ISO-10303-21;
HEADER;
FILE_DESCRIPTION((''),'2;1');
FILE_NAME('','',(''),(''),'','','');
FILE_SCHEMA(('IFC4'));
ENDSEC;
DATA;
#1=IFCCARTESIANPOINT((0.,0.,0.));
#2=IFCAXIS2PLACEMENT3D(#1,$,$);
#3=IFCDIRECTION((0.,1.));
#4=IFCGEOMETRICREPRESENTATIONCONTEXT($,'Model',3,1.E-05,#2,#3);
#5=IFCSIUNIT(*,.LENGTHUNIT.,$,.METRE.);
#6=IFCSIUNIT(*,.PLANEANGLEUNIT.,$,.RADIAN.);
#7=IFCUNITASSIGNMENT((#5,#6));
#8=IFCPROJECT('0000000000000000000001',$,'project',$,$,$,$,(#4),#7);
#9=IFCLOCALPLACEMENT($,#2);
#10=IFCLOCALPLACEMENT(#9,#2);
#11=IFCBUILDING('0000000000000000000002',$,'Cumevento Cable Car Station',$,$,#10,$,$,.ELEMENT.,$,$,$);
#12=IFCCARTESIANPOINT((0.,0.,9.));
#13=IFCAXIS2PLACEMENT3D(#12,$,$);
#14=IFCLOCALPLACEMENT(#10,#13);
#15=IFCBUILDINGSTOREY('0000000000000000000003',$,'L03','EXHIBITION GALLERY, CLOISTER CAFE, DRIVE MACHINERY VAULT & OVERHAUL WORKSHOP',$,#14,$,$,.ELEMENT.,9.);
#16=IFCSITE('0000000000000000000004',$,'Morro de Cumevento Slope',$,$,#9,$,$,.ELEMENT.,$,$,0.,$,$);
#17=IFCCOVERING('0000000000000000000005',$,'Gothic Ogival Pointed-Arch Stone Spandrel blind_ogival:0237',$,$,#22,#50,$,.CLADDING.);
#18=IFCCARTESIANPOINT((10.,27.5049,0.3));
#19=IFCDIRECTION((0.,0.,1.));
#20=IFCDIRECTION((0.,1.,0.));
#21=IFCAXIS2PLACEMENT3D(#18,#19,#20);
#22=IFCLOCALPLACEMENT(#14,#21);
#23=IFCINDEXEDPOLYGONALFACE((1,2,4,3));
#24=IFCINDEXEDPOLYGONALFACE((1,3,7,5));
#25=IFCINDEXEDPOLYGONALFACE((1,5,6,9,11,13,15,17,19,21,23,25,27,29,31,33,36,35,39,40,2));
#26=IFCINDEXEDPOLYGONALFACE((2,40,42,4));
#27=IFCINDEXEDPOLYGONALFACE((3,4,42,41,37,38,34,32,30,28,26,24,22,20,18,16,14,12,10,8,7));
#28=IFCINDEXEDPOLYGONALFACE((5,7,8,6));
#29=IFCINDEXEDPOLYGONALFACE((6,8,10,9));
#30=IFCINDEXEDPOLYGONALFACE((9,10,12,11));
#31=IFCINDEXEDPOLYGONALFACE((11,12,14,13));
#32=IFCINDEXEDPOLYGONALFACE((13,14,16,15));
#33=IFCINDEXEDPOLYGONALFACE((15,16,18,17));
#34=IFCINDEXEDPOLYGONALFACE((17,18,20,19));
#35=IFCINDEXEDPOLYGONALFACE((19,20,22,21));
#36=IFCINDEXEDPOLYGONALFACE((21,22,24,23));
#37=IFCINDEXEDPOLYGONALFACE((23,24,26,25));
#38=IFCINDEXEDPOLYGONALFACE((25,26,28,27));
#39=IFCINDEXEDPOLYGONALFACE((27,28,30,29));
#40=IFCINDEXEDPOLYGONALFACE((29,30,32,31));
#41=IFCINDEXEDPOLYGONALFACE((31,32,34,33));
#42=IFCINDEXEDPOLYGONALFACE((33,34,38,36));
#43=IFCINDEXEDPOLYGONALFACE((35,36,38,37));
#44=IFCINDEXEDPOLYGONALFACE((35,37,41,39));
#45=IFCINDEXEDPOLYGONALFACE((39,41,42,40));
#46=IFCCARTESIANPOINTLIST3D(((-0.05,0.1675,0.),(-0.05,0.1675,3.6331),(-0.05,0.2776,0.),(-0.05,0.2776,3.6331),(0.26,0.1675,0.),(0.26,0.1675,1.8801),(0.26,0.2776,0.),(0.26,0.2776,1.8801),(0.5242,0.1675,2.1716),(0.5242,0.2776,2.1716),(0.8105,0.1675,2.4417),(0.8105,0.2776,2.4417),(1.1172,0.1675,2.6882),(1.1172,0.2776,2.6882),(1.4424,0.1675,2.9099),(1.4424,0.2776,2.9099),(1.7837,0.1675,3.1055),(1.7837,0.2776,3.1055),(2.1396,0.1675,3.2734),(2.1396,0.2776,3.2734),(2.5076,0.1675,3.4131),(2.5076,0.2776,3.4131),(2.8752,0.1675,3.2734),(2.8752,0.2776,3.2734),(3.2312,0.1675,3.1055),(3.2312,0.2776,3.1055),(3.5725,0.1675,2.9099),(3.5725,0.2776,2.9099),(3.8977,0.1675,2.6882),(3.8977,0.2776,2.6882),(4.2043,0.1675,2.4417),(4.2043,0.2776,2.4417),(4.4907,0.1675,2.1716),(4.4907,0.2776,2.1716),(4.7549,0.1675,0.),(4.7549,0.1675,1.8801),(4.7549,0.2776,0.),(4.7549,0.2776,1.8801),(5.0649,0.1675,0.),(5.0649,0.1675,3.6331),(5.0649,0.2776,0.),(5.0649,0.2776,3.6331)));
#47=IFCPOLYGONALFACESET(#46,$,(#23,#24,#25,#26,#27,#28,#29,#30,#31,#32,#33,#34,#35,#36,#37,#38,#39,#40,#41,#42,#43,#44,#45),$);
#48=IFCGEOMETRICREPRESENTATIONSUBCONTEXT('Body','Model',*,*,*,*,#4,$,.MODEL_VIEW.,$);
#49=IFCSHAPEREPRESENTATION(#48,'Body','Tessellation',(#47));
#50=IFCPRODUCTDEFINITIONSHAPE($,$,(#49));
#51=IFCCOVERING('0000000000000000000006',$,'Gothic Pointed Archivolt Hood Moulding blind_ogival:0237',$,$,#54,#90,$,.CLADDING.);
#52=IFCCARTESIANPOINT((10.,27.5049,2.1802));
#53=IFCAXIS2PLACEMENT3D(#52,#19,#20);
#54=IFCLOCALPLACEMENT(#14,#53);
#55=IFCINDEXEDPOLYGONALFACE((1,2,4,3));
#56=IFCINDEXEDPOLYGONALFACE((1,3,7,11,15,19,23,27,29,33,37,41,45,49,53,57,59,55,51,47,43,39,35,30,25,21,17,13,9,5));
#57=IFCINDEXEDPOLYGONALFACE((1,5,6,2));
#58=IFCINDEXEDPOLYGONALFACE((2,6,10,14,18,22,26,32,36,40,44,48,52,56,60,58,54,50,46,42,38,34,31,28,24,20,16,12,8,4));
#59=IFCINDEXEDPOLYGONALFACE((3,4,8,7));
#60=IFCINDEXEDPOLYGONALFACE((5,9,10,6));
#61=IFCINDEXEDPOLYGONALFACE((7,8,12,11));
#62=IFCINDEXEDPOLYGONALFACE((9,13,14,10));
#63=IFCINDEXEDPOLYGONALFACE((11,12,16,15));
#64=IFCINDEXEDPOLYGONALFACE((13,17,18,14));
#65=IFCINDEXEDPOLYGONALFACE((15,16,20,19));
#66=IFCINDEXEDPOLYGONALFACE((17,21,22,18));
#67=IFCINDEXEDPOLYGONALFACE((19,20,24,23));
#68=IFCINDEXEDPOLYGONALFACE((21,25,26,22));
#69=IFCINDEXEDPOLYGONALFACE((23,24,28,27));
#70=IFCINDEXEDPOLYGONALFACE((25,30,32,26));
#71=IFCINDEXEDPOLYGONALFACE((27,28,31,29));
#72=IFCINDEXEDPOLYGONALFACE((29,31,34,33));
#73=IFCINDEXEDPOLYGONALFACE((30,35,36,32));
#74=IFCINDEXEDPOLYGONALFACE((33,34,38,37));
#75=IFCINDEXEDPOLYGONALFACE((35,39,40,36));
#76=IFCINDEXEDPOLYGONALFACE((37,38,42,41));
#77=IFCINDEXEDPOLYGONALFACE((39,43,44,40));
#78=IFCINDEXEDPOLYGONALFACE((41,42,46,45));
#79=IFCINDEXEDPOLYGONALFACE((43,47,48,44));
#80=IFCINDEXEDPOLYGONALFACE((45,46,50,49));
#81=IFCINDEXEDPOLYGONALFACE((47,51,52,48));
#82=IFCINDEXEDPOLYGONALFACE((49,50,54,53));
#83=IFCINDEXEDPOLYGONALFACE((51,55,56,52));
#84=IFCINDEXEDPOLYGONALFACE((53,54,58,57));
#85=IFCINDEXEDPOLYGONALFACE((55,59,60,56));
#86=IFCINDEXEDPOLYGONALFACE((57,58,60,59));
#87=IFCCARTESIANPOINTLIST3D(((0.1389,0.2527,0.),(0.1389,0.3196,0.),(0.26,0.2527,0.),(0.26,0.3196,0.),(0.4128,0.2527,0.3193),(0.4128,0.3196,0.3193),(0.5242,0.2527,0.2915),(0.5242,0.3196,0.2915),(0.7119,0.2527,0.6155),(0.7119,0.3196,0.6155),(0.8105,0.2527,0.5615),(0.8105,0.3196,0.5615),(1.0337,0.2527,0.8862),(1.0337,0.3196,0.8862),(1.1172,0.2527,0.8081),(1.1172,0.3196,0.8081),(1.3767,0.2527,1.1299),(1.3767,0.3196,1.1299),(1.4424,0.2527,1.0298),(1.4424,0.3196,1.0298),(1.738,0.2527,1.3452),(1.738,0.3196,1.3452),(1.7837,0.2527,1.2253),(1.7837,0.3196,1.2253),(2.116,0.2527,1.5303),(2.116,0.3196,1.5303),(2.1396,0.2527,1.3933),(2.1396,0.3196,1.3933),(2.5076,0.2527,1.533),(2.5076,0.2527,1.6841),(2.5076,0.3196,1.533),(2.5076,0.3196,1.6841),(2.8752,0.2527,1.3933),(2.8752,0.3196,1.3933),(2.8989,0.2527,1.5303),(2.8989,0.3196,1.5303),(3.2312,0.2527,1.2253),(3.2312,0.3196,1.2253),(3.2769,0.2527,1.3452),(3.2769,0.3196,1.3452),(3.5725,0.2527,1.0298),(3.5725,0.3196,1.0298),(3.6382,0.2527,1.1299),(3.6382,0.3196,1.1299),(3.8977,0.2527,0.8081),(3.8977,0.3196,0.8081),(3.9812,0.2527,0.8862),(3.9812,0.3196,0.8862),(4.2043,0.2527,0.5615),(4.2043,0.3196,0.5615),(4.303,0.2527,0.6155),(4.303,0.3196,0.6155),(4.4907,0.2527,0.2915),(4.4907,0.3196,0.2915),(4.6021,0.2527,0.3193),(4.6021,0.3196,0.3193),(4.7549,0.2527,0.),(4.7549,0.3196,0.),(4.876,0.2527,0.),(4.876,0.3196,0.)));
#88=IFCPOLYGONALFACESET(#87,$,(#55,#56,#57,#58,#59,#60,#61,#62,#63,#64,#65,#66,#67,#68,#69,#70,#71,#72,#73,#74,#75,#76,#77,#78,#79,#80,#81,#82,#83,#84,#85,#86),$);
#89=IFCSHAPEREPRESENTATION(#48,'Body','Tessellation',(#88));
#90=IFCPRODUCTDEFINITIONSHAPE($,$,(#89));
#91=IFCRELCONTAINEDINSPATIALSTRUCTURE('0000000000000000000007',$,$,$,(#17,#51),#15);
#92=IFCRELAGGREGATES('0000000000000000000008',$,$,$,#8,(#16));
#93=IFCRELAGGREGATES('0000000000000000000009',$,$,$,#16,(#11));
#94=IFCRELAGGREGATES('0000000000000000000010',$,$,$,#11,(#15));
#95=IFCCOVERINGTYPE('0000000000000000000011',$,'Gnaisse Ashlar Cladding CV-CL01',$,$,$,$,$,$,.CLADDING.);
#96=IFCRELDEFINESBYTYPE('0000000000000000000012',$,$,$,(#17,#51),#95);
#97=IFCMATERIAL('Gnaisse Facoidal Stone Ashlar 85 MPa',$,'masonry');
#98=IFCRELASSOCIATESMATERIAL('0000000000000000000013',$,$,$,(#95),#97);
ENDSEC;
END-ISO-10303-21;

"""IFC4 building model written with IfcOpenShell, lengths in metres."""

from ifc_helpers import new_model, si_unit, direction, frame, origin, place, context, subcontext, project, spatial, polyline, outline, extrude, material, type_object, element, save


model = new_model("IFC4")

# Units and contexts
model_context = context("Model", 3, precision=1e-05, world=origin(), true_north=direction((0.0, 1.0)))
body_context = subcontext(model_context, "Body", "Model", "MODEL_VIEW")
ifc_project = project(units=[si_unit("LENGTHUNIT", "METRE"), si_unit("PLANEANGLEUNIT", "RADIAN")], contexts=[model_context])

# Site, building, storey
site_placement = place(None, origin())
site = spatial("IfcSite", under=ifc_project, at=site_placement, Name="Morro de Cumevento Slope", CompositionType="ELEMENT", RefElevation=0.0)
building_placement = place(site_placement, origin())
building = spatial("IfcBuilding", under=site, at=building_placement, Name="Cumevento Cable Car Station", CompositionType="ELEMENT")
storey_placement = place(building_placement, frame((0.0, 0.0, 9.0)))
storey = spatial("IfcBuildingStorey", under=building, at=storey_placement, Name="L03", Description="EXHIBITION GALLERY, CLOISTER CAFE, DRIVE MACHINERY VAULT & OVERHAUL WORKSHOP", CompositionType="ELEMENT", Elevation=9.0)

# Coverings
ifc_material_1 = material(Name="Gnaisse Facoidal Stone Ashlar 85 MPa", Category="masonry")
covering_type = type_object("IfcCoveringType", Name="Gnaisse Ashlar Cladding CV-CL01", PredefinedType="CLADDING", material=ifc_material_1)
covering_1_placement = place(storey_placement, frame((10.0, 27.5049, 0.3), z_axis=(0.0, 0.0, 1.0), x_axis=(0.0, 1.0, 0.0)))
element("IfcCovering", 1, at=covering_1_placement, inside=storey, type_object=covering_type, Name="Gothic Ogival Pointed-Arch Stone Spandrel blind_ogival:0237", PredefinedType="CLADDING", context=body_context, shape_type="SweptSolid", body=[
    extrude(outline(polyline([(-0.05, 0.0), (-0.05, 3.6331), (5.0649, 3.6331), (5.0649, 0.0), (4.7549, 0.0), (4.7549, 1.8801), (4.4907, 2.1716), (4.2043, 2.4417), (3.8977, 2.6882), (3.5725, 2.9099), (3.2312, 3.1055), (2.8752, 3.2734), (2.5076, 3.4131), (2.1396, 3.2734), (1.7837, 3.1055), (1.4424, 2.9099), (1.1172, 2.6882), (0.8105, 2.4417), (0.5242, 2.1716), (0.26, 1.8801), (0.26, 0.0), (-0.05, 0.0)])), frame((0.0, 0.2776, 0.0), z_axis=(0.0, -1.0, 0.0), x_axis=(1.0, 0.0, 0.0)), (0.0, 0.0, 1.0), 0.1101),
])
covering_2_placement = place(storey_placement, frame((10.0, 27.5049, 2.1802), z_axis=(0.0, 0.0, 1.0), x_axis=(0.0, 1.0, 0.0)))
element("IfcCovering", 2, at=covering_2_placement, inside=storey, type_object=covering_type, Name="Gothic Pointed Archivolt Hood Moulding blind_ogival:0237", PredefinedType="CLADDING", context=body_context, shape_type="SweptSolid", body=[
    extrude(outline(polyline([(0.26, 0.0), (0.5242, 0.2915), (0.8105, 0.5615), (1.1172, 0.8081), (1.4424, 1.0298), (1.7837, 1.2253), (2.1396, 1.3933), (2.5076, 1.533), (2.8752, 1.3933), (3.2312, 1.2253), (3.5725, 1.0298), (3.8977, 0.8081), (4.2043, 0.5615), (4.4907, 0.2915), (4.7549, 0.0), (4.876, 0.0), (4.6021, 0.3193), (4.303, 0.6155), (3.9812, 0.8862), (3.6382, 1.1299), (3.2769, 1.3452), (2.8989, 1.5303), (2.5076, 1.6841), (2.116, 1.5303), (1.738, 1.3452), (1.3767, 1.1299), (1.0337, 0.8862), (0.7119, 0.6155), (0.4128, 0.3193), (0.1389, 0.0), (0.26, 0.0)])), frame((0.0, 0.3196, 0.0), z_axis=(0.0, -1.0, 0.0), x_axis=(1.0, 0.0, 0.0)), (0.0, 0.0, 1.0), 0.0669),
])

save(model, "model.ifc")
